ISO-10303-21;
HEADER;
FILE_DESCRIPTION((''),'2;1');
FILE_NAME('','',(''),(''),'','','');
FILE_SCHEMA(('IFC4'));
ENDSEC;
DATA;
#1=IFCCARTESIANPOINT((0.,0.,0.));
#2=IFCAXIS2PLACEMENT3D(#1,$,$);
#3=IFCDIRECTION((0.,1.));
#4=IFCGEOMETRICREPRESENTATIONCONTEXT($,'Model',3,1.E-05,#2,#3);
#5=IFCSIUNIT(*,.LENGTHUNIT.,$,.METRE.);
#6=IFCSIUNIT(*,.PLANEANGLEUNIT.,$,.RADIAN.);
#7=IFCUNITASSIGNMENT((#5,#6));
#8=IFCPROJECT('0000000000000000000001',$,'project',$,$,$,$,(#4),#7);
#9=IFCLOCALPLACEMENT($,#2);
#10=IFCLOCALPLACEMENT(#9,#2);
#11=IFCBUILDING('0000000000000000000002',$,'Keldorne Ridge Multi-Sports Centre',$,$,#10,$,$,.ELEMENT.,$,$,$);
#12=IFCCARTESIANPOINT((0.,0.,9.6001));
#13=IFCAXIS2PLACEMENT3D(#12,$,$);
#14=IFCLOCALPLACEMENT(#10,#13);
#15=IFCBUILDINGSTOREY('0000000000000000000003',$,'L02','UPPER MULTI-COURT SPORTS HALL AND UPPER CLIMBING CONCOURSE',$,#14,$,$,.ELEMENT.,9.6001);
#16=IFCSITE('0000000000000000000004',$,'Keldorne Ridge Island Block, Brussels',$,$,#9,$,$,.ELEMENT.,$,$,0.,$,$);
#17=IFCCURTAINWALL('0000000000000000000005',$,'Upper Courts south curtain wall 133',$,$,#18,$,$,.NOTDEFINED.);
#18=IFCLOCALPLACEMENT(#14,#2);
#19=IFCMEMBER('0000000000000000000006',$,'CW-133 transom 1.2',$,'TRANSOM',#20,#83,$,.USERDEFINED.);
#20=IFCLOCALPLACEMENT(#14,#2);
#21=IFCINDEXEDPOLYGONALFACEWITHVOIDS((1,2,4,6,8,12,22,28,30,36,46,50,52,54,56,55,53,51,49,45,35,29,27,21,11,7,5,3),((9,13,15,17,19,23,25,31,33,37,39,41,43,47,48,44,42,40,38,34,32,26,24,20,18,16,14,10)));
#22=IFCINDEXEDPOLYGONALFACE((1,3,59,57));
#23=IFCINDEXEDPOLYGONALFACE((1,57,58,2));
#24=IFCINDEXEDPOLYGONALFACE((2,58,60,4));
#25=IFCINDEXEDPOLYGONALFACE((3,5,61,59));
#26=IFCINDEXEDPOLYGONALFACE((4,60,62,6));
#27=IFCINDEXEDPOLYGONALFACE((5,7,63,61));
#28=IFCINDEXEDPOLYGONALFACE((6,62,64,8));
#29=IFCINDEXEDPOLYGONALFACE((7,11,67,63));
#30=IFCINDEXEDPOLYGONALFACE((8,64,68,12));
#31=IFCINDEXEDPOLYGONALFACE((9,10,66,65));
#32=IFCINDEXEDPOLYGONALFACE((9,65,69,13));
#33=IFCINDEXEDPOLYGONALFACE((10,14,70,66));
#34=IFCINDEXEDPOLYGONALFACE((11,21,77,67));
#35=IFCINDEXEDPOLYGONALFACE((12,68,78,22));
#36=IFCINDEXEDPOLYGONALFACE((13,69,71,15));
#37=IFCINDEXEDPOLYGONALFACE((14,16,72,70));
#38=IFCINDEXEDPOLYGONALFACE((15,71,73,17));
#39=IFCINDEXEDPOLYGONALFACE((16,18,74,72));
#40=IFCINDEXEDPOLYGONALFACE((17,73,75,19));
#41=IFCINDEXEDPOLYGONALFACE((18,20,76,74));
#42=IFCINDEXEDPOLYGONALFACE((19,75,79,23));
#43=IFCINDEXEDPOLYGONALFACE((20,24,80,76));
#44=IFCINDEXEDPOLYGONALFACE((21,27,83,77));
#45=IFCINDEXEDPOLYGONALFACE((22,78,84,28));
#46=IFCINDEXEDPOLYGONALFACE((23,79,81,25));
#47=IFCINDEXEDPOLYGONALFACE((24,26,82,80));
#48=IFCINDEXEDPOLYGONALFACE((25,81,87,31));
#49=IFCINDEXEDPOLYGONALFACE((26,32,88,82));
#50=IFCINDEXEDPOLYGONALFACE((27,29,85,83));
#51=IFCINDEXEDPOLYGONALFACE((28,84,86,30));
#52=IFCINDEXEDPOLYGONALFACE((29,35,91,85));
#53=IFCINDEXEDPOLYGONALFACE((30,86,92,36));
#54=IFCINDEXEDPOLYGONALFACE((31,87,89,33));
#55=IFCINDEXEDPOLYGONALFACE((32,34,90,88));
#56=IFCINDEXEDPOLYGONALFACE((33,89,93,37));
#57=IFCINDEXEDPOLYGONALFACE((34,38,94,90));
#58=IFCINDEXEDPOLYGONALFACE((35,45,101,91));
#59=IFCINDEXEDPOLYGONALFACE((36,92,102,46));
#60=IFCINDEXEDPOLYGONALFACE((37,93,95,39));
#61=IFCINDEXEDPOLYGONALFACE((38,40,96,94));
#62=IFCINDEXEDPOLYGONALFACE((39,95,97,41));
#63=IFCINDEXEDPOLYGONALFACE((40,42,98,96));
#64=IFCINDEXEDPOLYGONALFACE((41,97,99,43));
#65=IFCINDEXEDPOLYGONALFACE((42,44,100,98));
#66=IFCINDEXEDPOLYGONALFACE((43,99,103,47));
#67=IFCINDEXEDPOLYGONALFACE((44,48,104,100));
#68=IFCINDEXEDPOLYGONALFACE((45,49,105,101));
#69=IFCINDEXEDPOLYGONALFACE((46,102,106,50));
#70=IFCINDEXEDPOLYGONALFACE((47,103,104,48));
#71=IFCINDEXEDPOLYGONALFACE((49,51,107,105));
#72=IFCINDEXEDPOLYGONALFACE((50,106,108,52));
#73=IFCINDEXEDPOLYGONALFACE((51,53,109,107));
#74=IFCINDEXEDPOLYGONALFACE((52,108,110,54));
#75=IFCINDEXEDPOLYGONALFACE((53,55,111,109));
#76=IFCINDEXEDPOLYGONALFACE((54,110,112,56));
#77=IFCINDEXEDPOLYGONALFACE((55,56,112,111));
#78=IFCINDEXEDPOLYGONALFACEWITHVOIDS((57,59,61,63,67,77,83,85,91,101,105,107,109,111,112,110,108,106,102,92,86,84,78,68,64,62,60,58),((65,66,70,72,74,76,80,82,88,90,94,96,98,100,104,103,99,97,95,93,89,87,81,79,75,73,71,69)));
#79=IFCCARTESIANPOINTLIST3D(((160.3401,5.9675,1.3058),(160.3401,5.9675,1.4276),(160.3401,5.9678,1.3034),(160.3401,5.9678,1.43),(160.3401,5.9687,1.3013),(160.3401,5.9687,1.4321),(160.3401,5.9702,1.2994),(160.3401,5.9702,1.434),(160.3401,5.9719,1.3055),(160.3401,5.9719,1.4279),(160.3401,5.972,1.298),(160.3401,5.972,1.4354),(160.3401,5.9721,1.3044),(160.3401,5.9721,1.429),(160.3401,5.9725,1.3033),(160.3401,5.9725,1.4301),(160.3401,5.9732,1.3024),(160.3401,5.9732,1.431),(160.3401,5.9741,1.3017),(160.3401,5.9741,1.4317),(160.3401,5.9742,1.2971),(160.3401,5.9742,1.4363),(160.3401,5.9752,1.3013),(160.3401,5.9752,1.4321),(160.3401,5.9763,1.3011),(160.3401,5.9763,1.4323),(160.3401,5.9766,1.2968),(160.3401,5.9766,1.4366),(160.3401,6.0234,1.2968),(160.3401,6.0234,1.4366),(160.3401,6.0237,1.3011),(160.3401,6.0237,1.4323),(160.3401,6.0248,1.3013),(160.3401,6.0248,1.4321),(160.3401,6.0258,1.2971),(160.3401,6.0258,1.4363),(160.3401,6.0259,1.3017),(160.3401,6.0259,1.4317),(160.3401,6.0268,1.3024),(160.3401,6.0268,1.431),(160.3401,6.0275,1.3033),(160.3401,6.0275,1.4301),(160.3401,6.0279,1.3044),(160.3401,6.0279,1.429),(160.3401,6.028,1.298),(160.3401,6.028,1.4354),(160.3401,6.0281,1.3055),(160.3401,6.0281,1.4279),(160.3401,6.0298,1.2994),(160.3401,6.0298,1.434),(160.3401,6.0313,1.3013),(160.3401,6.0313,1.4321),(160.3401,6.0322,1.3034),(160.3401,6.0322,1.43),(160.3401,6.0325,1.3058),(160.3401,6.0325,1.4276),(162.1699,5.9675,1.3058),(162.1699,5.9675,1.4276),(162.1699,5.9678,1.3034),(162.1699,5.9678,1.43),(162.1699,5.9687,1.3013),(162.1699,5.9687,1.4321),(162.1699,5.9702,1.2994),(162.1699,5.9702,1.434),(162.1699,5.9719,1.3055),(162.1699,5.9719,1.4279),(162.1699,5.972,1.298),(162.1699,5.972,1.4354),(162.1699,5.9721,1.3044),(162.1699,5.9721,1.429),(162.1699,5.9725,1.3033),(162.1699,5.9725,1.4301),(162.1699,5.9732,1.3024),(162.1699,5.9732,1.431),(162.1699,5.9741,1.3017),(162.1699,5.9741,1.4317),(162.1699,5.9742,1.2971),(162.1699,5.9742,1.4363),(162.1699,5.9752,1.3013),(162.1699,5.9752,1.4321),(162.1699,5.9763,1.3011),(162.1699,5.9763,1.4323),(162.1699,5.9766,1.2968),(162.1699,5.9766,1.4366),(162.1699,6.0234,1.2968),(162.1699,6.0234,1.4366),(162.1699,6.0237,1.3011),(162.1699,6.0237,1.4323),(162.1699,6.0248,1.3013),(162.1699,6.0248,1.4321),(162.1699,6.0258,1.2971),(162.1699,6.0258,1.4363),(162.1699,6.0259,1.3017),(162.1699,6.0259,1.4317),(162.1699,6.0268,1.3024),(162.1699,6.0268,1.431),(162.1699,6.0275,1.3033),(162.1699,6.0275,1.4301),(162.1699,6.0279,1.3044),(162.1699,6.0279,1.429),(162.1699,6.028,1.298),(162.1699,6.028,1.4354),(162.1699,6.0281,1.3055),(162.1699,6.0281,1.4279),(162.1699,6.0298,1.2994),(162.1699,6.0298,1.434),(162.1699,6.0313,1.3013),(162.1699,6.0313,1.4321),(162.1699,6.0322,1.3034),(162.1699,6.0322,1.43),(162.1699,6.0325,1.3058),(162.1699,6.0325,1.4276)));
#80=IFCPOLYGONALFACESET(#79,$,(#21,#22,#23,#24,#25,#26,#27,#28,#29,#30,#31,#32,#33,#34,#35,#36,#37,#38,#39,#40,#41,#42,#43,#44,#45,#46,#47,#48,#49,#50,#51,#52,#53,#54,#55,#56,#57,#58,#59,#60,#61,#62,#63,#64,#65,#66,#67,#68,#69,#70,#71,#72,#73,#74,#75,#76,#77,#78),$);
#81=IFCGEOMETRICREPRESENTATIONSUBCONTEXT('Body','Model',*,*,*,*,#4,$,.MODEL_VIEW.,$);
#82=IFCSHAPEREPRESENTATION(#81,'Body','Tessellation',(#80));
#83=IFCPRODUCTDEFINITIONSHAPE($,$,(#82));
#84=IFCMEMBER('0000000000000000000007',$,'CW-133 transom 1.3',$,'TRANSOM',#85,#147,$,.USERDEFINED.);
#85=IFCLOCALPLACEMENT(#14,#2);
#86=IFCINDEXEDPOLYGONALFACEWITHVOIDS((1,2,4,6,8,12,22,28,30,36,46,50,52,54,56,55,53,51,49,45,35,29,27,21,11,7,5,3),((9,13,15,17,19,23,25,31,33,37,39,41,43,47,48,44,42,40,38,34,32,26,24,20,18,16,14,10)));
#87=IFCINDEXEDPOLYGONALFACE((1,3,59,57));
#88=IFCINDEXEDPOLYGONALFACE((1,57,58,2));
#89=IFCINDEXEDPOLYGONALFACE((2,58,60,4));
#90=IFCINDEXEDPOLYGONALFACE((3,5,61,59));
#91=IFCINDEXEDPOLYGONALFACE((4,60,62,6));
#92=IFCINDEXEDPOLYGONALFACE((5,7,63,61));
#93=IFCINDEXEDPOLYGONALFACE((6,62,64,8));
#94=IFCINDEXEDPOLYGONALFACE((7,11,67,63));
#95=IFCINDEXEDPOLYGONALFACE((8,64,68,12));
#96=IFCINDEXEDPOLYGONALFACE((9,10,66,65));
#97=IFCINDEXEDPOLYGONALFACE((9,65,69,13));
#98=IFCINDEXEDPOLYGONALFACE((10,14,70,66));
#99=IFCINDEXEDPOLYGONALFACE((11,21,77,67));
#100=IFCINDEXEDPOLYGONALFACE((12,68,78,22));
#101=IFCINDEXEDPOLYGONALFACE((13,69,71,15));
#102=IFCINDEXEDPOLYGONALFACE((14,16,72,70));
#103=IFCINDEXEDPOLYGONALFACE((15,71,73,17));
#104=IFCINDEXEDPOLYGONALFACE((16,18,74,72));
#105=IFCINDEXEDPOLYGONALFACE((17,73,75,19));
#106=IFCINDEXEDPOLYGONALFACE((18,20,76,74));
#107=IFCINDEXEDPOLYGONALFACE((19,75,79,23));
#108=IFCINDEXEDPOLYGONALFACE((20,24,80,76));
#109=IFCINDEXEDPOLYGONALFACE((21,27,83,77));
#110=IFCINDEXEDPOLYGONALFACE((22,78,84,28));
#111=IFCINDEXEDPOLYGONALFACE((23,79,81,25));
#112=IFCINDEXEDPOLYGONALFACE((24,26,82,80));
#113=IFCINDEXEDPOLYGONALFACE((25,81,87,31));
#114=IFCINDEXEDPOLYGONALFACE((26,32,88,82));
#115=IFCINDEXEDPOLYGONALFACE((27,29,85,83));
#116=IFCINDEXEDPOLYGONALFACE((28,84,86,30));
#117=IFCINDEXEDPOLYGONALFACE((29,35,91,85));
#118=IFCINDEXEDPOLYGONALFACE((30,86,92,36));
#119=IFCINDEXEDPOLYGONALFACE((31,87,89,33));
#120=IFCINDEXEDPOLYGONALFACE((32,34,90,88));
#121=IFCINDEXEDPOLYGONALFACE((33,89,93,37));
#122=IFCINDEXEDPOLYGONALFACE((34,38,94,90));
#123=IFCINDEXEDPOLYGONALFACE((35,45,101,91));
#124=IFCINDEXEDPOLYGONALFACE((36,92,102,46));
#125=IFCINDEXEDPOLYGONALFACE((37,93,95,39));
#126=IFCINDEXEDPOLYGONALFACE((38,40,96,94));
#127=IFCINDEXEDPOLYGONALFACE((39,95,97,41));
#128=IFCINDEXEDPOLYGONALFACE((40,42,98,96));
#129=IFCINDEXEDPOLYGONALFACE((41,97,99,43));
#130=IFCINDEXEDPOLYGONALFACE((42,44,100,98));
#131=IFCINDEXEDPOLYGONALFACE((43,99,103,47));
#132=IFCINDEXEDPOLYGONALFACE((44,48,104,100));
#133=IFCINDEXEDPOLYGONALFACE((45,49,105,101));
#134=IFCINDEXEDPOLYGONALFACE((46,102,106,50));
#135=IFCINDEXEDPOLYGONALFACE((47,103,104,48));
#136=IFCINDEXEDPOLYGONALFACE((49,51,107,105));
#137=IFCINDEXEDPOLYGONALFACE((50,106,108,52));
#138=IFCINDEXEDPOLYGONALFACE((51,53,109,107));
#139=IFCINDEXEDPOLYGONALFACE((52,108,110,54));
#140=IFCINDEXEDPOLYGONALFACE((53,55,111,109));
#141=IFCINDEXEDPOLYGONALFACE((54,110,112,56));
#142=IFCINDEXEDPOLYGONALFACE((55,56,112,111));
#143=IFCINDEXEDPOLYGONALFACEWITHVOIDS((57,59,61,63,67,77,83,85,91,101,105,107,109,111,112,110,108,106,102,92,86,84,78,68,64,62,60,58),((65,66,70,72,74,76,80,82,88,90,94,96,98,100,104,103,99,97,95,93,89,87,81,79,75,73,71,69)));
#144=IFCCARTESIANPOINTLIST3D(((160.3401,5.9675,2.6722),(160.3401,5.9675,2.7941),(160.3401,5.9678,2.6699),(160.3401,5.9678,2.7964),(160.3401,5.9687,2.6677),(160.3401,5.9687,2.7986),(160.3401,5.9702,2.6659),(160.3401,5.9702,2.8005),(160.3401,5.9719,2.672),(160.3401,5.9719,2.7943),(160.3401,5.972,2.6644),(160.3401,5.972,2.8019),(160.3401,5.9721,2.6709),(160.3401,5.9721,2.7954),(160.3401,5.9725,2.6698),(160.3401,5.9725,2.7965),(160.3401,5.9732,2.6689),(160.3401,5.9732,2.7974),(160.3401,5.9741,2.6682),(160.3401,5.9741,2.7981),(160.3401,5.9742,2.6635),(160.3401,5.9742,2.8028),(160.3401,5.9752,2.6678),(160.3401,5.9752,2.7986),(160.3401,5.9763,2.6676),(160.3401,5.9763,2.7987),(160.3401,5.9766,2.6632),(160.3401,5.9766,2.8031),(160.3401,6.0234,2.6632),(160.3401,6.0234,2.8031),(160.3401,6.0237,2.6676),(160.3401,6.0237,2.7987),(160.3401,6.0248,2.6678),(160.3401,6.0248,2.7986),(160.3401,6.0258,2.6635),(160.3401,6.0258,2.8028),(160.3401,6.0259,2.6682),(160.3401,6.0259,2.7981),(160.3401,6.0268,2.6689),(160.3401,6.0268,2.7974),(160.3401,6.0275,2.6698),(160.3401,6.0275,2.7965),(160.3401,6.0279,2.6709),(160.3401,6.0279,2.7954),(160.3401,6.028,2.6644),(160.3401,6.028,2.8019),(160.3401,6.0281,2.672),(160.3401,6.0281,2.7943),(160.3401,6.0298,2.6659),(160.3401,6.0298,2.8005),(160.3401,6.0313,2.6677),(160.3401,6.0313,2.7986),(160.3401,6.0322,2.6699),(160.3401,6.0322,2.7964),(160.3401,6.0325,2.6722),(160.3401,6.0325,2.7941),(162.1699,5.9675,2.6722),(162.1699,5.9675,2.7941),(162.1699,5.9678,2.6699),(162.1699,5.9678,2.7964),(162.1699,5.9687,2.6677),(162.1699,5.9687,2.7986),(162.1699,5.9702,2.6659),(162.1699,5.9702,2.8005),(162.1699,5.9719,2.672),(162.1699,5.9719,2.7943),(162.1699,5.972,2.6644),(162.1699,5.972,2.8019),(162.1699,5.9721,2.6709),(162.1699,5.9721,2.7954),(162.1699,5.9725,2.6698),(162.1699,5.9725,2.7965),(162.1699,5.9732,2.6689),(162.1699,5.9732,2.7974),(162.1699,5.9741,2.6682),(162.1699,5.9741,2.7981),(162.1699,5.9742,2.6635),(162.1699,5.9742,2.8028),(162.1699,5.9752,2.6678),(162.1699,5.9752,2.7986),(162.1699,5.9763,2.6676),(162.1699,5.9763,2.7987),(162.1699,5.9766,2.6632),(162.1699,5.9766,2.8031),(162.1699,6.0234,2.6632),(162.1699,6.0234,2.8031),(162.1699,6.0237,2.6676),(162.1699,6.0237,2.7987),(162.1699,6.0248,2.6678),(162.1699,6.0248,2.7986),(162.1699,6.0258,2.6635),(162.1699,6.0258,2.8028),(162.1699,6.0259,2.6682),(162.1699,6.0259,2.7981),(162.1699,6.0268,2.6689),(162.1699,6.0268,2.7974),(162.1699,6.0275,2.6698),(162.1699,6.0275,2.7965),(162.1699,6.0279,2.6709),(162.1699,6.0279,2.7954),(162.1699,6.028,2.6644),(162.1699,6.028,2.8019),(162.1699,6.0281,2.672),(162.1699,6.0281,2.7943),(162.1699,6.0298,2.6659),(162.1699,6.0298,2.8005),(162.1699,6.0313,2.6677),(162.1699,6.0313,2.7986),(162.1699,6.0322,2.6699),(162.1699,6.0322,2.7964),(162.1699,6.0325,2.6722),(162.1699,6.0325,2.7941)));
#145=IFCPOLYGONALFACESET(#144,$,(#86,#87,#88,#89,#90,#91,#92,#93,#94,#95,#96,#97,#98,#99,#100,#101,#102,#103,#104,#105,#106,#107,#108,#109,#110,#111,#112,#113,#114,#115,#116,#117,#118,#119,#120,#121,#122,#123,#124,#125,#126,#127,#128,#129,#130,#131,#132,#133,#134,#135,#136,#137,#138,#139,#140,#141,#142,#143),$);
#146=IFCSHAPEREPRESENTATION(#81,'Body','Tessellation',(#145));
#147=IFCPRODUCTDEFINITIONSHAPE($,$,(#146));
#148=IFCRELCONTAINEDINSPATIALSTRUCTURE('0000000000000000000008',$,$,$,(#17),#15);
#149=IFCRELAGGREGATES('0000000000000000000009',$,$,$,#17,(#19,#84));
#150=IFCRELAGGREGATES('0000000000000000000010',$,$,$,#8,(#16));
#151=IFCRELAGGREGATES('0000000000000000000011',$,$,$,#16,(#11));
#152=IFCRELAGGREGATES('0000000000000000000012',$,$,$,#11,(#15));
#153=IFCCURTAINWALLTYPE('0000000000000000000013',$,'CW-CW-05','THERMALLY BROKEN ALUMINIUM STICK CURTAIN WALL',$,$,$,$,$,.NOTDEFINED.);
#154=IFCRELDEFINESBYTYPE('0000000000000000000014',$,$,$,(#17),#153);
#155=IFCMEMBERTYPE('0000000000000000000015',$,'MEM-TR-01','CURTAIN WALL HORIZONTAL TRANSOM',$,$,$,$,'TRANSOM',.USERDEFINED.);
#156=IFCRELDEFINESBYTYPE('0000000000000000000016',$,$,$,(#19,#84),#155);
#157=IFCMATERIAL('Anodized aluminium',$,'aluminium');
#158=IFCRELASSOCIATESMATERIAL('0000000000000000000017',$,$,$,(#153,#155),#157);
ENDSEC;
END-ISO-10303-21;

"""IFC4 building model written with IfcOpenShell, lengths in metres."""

from ifc_helpers import new_model, si_unit, direction, frame, origin, origin_2d, place, context, subcontext, project, spatial, hollow_rectangle, extrude, material, material_profile, profile_set, type_object, element, aggregate, save


model = new_model("IFC4")

# Units and contexts
model_context = context("Model", 3, precision=1e-05, world=origin(), true_north=direction((0.0, 1.0)))
body_context = subcontext(model_context, "Body", "Model", "MODEL_VIEW")
ifc_project = project(units=[si_unit("LENGTHUNIT", "METRE"), si_unit("PLANEANGLEUNIT", "RADIAN")], contexts=[model_context])

# Site, building, storey
site_placement = place(None, origin())
site = spatial("IfcSite", under=ifc_project, at=site_placement, Name="Keldorne Ridge Island Block, Brussels", CompositionType="ELEMENT", RefElevation=0.0)
building_placement = place(site_placement, origin())
building = spatial("IfcBuilding", under=site, at=building_placement, Name="Keldorne Ridge Multi-Sports Centre", CompositionType="ELEMENT")
storey_placement = place(building_placement, frame((0.0, 0.0, 9.6001)))
storey = spatial("IfcBuildingStorey", under=building, at=storey_placement, Name="L02", Description="UPPER MULTI-COURT SPORTS HALL AND UPPER CLIMBING CONCOURSE", CompositionType="ELEMENT", Elevation=9.6001)

# Shared definitions
ifc_material_1 = material(Name="Anodized aluminium", Category="aluminium")

# Curtain wall
curtain_wall_type_1 = type_object("IfcCurtainWallType", Name="CW-CW-05", Description="THERMALLY BROKEN ALUMINIUM STICK CURTAIN WALL", PredefinedType="NOTDEFINED", material=ifc_material_1)
curtain_wall_1_placement = place(storey_placement, origin())
curtain_wall_1 = element("IfcCurtainWall", 1, at=curtain_wall_1_placement, inside=storey, type_object=curtain_wall_type_1, Name="Upper Courts south curtain wall 133", PredefinedType="NOTDEFINED")

# Members
ifc_material_profile_1 = material_profile(ifc_material_1, hollow_rectangle(XDim=0.0649, YDim=0.1399, WallThickness=0.0044, InnerFilletRadius=0.0044, OuterFilletRadius=0.009, at=origin_2d()), Name="ALU TRANSOM 140x65x4.5")
ifc_profile_set_1 = profile_set([ifc_material_profile_1], Name="Anodized aluminium")
member_type_1 = type_object("IfcMemberType", Name="MEM-TR-01", Description="CURTAIN WALL HORIZONTAL TRANSOM", ElementType="TRANSOM", PredefinedType="USERDEFINED", material=ifc_profile_set_1)
member_1_placement = place(storey_placement, frame((160.3401, 6.0, 1.3667), z_axis=(1.0, 0.0, 0.0), x_axis=(0.0, 1.0, 0.0)))
member_1 = element("IfcMember", 2, at=member_1_placement, type_object=member_type_1, Name="CW-133 transom 1.2", ObjectType="TRANSOM", PredefinedType="USERDEFINED", context=body_context, shape_type="SweptSolid", body=[
    extrude(hollow_rectangle(XDim=0.0649, YDim=0.1399, WallThickness=0.0044, InnerFilletRadius=0.0044, OuterFilletRadius=0.009, at=origin_2d()), origin(), (0.0, 0.0, 1.0), 1.8298),
])
member_2_placement = place(storey_placement, frame((160.3401, 6.0, 2.7332), z_axis=(1.0, 0.0, 0.0), x_axis=(0.0, 1.0, 0.0)))
member_2 = element("IfcMember", 3, at=member_2_placement, type_object=member_type_1, Name="CW-133 transom 1.3", ObjectType="TRANSOM", PredefinedType="USERDEFINED", context=body_context, shape_type="SweptSolid", body=[
    extrude(hollow_rectangle(XDim=0.0649, YDim=0.1399, WallThickness=0.0044, InnerFilletRadius=0.0044, OuterFilletRadius=0.009, at=origin_2d()), origin(), (0.0, 0.0, 1.0), 1.8298),
])

aggregate(curtain_wall_1, [member_1, member_2])

save(model, "model.ifc")
